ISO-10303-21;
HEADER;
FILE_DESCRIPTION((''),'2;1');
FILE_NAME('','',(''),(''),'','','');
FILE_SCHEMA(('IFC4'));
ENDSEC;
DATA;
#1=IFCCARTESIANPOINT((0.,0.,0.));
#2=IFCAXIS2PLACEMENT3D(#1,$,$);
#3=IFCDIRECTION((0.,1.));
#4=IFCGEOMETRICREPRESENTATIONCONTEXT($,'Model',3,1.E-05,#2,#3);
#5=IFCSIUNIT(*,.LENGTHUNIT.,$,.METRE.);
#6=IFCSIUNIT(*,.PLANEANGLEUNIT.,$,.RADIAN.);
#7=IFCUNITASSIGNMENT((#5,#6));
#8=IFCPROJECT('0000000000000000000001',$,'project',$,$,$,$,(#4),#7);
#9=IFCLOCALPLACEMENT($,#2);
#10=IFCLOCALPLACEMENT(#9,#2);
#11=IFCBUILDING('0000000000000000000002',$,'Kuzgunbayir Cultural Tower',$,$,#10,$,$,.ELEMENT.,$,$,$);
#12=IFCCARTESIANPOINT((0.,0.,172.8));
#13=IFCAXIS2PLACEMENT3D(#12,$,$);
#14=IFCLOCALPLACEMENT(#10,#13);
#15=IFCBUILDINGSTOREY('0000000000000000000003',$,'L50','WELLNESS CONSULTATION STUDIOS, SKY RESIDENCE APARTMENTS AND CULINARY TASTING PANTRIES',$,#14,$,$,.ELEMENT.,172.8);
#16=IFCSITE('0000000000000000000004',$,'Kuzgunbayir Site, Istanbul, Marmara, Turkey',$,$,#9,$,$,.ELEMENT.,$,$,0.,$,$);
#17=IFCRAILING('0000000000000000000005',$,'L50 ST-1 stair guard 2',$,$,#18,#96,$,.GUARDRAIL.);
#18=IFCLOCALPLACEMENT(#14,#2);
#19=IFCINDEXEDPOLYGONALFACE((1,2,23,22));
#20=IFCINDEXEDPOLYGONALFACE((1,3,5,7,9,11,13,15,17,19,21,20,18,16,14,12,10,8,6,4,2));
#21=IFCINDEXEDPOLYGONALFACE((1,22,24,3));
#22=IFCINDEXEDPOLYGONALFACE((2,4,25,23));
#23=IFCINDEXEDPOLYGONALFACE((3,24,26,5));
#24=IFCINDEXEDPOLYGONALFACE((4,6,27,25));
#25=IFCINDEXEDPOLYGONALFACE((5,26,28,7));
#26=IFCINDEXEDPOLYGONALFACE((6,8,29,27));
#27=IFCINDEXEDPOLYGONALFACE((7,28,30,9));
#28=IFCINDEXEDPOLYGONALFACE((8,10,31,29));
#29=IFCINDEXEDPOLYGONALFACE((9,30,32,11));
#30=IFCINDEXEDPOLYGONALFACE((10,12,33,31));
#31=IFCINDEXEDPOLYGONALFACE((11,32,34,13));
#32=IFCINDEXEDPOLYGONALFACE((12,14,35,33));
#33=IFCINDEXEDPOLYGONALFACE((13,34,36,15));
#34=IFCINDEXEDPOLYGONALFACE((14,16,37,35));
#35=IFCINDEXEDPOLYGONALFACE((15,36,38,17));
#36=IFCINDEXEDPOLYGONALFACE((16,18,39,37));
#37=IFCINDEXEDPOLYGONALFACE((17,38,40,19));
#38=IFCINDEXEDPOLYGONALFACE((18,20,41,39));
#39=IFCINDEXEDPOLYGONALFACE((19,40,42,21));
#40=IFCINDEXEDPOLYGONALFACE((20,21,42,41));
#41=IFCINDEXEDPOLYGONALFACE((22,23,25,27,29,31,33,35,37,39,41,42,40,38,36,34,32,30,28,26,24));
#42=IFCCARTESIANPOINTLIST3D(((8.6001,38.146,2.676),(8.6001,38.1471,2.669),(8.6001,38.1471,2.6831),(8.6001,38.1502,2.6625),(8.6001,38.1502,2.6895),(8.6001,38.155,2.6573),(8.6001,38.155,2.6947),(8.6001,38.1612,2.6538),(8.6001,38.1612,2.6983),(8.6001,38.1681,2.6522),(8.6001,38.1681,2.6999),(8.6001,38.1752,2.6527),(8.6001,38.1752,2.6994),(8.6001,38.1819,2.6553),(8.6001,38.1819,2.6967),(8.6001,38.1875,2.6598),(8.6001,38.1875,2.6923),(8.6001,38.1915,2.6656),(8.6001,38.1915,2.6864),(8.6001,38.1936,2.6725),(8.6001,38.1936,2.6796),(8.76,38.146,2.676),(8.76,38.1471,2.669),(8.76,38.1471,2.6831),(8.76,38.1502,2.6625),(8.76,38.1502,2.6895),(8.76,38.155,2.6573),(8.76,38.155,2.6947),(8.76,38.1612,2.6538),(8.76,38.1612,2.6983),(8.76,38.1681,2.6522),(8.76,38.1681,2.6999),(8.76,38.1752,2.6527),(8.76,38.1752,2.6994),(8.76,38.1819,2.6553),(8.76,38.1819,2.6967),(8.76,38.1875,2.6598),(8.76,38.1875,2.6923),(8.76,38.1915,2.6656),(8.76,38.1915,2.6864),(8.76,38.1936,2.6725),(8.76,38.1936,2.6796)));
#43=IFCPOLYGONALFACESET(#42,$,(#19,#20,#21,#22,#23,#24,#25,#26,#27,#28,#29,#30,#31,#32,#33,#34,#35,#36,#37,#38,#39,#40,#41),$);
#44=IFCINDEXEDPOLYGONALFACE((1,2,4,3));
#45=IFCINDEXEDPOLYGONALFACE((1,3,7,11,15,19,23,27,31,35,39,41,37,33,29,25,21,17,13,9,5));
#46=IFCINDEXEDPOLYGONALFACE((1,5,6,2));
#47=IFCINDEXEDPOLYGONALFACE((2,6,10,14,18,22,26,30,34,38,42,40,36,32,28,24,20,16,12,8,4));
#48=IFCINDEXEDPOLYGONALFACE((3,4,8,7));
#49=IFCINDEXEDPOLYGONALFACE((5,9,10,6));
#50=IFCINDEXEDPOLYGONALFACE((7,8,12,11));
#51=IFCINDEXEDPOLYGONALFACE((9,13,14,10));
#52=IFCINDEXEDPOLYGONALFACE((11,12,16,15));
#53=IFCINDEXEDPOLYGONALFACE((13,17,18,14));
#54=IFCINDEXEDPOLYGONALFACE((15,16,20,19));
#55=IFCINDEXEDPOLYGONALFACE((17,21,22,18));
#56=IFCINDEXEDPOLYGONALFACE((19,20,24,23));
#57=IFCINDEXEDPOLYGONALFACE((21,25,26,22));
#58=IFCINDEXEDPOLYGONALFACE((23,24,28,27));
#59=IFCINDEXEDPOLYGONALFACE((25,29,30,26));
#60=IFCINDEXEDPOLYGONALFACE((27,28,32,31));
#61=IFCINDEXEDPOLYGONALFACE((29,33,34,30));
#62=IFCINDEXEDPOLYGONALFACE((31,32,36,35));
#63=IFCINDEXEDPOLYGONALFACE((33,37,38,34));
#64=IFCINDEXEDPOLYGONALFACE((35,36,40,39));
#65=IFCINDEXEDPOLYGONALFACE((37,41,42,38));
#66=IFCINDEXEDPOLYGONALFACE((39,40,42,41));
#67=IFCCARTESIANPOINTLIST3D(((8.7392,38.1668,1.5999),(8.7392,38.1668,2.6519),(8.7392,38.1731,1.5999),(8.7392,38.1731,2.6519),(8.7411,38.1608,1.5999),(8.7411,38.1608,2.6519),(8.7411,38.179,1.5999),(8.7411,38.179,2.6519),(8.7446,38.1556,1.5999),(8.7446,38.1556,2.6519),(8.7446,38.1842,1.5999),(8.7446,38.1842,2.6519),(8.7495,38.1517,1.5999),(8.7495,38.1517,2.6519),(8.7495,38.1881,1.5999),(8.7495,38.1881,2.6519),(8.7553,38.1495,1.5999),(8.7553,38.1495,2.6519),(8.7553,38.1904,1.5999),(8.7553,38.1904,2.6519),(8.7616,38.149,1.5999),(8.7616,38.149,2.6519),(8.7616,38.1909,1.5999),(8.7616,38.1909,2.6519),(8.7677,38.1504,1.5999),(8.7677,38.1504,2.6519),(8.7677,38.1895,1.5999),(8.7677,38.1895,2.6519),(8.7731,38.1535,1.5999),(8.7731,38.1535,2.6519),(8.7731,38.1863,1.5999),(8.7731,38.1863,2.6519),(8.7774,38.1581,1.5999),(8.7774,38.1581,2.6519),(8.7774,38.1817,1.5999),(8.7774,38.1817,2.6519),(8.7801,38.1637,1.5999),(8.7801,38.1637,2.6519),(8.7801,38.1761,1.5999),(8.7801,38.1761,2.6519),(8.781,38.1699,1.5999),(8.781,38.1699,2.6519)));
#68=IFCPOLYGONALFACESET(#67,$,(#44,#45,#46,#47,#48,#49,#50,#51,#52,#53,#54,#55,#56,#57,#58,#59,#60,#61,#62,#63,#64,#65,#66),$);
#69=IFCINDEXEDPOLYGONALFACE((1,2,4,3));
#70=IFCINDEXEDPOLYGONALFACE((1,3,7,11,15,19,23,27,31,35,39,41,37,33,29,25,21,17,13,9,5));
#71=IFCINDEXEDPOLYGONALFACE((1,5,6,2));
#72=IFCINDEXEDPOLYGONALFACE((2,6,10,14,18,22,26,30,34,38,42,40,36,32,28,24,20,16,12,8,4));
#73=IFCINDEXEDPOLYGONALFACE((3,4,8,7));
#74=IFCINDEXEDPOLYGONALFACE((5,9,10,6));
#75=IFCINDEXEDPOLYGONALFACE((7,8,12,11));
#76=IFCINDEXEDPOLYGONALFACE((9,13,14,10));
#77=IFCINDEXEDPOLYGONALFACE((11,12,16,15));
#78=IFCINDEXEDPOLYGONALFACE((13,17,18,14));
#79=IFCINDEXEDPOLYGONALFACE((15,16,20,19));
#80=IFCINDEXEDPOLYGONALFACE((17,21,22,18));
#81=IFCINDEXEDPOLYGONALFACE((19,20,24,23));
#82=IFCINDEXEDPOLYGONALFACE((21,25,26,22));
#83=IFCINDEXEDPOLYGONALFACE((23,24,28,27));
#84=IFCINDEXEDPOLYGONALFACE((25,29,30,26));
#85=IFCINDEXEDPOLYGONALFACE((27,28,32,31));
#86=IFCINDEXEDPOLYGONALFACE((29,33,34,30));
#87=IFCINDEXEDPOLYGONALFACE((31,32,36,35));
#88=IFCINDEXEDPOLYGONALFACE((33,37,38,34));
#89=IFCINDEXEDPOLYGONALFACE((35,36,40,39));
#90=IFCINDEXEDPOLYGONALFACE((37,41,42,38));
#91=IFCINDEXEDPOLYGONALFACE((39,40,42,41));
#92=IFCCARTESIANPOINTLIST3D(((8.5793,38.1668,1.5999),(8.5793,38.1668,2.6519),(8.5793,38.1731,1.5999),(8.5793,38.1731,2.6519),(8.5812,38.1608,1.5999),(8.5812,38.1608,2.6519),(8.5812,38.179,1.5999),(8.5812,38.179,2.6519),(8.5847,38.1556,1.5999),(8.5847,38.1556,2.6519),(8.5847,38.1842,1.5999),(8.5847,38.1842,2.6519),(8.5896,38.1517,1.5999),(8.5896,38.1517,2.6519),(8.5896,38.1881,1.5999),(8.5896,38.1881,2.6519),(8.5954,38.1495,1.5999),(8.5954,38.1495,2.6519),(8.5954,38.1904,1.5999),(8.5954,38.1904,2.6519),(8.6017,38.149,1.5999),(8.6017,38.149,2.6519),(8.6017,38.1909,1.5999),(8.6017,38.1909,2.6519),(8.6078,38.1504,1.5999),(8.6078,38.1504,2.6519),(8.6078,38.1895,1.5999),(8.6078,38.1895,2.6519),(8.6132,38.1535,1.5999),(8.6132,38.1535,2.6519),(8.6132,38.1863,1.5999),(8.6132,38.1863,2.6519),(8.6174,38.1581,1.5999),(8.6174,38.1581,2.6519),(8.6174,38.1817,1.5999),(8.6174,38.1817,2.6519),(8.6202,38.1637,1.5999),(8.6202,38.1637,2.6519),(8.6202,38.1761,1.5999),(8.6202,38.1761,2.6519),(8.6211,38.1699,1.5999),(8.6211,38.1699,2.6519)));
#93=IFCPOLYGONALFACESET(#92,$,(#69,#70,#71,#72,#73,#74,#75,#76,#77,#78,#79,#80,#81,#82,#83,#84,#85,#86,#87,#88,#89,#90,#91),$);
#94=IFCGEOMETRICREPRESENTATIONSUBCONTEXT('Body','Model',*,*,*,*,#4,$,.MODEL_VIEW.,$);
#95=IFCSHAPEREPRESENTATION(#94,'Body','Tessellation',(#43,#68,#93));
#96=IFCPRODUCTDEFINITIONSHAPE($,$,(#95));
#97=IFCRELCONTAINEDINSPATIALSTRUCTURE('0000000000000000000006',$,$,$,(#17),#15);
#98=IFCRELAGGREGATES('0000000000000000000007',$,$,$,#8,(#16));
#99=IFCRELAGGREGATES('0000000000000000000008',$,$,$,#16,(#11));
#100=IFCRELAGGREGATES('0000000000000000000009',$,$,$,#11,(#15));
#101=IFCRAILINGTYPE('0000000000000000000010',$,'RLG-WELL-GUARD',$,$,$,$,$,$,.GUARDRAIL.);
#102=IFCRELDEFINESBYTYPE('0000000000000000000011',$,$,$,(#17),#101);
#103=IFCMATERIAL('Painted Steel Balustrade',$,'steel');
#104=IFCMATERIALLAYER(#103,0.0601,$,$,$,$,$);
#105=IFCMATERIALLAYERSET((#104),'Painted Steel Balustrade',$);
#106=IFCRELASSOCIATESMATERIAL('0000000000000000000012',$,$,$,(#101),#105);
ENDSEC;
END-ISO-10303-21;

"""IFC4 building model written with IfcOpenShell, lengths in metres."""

from ifc_helpers import new_model, si_unit, direction, frame, origin, origin_2d, place, context, subcontext, project, spatial, circle, extrude, material, layer, layer_set, type_object, element, save


model = new_model("IFC4")

# Units and contexts
model_context = context("Model", 3, precision=1e-05, world=origin(), true_north=direction((0.0, 1.0)))
body_context = subcontext(model_context, "Body", "Model", "MODEL_VIEW")
ifc_project = project(units=[si_unit("LENGTHUNIT", "METRE"), si_unit("PLANEANGLEUNIT", "RADIAN")], contexts=[model_context])

# Site, building, storey
site_placement = place(None, origin())
site = spatial("IfcSite", under=ifc_project, at=site_placement, Name="Kuzgunbayir Site, Istanbul, Marmara, Turkey", CompositionType="ELEMENT", RefElevation=0.0)
building_placement = place(site_placement, origin())
building = spatial("IfcBuilding", under=site, at=building_placement, Name="Kuzgunbayir Cultural Tower", CompositionType="ELEMENT")
storey_placement = place(building_placement, frame((0.0, 0.0, 172.8)))
storey = spatial("IfcBuildingStorey", under=building, at=storey_placement, Name="L50", Description="WELLNESS CONSULTATION STUDIOS, SKY RESIDENCE APARTMENTS AND CULINARY TASTING PANTRIES", CompositionType="ELEMENT", Elevation=172.8)

# Railing
ifc_material_1 = material(Name="Painted Steel Balustrade", Category="steel")
ifc_layer_1 = layer(ifc_material_1, 0.0601)
ifc_layer_set_1 = layer_set([ifc_layer_1], Name="Painted Steel Balustrade")
railing_type_1 = type_object("IfcRailingType", Name="RLG-WELL-GUARD", PredefinedType="GUARDRAIL", material=ifc_layer_set_1)
railing_1_placement = place(storey_placement, frame((8.76, 38.1699, 1.5999)))
element("IfcRailing", 1, at=railing_1_placement, inside=storey, type_object=railing_type_1, Name="L50 ST-1 stair guard 2", PredefinedType="GUARDRAIL", context=body_context, shape_type="SweptSolid", body=[
    extrude(circle(Radius=0.0239, at=origin_2d()), frame((0.0, 0.0, 1.0762), z_axis=(-1.0, 0.0, 0.0), x_axis=(0.0, -1.0, 0.0)), (0.0, 0.0, 1.0), 0.1599),
    extrude(circle(Radius=0.021, at=origin_2d()), origin(), (0.0, 0.0, 1.0), 1.052),
    extrude(circle(Radius=0.021, at=origin_2d()), frame((-0.1599, 0.0, 0.0)), (0.0, 0.0, 1.0), 1.052),
])

save(model, "model.ifc")
